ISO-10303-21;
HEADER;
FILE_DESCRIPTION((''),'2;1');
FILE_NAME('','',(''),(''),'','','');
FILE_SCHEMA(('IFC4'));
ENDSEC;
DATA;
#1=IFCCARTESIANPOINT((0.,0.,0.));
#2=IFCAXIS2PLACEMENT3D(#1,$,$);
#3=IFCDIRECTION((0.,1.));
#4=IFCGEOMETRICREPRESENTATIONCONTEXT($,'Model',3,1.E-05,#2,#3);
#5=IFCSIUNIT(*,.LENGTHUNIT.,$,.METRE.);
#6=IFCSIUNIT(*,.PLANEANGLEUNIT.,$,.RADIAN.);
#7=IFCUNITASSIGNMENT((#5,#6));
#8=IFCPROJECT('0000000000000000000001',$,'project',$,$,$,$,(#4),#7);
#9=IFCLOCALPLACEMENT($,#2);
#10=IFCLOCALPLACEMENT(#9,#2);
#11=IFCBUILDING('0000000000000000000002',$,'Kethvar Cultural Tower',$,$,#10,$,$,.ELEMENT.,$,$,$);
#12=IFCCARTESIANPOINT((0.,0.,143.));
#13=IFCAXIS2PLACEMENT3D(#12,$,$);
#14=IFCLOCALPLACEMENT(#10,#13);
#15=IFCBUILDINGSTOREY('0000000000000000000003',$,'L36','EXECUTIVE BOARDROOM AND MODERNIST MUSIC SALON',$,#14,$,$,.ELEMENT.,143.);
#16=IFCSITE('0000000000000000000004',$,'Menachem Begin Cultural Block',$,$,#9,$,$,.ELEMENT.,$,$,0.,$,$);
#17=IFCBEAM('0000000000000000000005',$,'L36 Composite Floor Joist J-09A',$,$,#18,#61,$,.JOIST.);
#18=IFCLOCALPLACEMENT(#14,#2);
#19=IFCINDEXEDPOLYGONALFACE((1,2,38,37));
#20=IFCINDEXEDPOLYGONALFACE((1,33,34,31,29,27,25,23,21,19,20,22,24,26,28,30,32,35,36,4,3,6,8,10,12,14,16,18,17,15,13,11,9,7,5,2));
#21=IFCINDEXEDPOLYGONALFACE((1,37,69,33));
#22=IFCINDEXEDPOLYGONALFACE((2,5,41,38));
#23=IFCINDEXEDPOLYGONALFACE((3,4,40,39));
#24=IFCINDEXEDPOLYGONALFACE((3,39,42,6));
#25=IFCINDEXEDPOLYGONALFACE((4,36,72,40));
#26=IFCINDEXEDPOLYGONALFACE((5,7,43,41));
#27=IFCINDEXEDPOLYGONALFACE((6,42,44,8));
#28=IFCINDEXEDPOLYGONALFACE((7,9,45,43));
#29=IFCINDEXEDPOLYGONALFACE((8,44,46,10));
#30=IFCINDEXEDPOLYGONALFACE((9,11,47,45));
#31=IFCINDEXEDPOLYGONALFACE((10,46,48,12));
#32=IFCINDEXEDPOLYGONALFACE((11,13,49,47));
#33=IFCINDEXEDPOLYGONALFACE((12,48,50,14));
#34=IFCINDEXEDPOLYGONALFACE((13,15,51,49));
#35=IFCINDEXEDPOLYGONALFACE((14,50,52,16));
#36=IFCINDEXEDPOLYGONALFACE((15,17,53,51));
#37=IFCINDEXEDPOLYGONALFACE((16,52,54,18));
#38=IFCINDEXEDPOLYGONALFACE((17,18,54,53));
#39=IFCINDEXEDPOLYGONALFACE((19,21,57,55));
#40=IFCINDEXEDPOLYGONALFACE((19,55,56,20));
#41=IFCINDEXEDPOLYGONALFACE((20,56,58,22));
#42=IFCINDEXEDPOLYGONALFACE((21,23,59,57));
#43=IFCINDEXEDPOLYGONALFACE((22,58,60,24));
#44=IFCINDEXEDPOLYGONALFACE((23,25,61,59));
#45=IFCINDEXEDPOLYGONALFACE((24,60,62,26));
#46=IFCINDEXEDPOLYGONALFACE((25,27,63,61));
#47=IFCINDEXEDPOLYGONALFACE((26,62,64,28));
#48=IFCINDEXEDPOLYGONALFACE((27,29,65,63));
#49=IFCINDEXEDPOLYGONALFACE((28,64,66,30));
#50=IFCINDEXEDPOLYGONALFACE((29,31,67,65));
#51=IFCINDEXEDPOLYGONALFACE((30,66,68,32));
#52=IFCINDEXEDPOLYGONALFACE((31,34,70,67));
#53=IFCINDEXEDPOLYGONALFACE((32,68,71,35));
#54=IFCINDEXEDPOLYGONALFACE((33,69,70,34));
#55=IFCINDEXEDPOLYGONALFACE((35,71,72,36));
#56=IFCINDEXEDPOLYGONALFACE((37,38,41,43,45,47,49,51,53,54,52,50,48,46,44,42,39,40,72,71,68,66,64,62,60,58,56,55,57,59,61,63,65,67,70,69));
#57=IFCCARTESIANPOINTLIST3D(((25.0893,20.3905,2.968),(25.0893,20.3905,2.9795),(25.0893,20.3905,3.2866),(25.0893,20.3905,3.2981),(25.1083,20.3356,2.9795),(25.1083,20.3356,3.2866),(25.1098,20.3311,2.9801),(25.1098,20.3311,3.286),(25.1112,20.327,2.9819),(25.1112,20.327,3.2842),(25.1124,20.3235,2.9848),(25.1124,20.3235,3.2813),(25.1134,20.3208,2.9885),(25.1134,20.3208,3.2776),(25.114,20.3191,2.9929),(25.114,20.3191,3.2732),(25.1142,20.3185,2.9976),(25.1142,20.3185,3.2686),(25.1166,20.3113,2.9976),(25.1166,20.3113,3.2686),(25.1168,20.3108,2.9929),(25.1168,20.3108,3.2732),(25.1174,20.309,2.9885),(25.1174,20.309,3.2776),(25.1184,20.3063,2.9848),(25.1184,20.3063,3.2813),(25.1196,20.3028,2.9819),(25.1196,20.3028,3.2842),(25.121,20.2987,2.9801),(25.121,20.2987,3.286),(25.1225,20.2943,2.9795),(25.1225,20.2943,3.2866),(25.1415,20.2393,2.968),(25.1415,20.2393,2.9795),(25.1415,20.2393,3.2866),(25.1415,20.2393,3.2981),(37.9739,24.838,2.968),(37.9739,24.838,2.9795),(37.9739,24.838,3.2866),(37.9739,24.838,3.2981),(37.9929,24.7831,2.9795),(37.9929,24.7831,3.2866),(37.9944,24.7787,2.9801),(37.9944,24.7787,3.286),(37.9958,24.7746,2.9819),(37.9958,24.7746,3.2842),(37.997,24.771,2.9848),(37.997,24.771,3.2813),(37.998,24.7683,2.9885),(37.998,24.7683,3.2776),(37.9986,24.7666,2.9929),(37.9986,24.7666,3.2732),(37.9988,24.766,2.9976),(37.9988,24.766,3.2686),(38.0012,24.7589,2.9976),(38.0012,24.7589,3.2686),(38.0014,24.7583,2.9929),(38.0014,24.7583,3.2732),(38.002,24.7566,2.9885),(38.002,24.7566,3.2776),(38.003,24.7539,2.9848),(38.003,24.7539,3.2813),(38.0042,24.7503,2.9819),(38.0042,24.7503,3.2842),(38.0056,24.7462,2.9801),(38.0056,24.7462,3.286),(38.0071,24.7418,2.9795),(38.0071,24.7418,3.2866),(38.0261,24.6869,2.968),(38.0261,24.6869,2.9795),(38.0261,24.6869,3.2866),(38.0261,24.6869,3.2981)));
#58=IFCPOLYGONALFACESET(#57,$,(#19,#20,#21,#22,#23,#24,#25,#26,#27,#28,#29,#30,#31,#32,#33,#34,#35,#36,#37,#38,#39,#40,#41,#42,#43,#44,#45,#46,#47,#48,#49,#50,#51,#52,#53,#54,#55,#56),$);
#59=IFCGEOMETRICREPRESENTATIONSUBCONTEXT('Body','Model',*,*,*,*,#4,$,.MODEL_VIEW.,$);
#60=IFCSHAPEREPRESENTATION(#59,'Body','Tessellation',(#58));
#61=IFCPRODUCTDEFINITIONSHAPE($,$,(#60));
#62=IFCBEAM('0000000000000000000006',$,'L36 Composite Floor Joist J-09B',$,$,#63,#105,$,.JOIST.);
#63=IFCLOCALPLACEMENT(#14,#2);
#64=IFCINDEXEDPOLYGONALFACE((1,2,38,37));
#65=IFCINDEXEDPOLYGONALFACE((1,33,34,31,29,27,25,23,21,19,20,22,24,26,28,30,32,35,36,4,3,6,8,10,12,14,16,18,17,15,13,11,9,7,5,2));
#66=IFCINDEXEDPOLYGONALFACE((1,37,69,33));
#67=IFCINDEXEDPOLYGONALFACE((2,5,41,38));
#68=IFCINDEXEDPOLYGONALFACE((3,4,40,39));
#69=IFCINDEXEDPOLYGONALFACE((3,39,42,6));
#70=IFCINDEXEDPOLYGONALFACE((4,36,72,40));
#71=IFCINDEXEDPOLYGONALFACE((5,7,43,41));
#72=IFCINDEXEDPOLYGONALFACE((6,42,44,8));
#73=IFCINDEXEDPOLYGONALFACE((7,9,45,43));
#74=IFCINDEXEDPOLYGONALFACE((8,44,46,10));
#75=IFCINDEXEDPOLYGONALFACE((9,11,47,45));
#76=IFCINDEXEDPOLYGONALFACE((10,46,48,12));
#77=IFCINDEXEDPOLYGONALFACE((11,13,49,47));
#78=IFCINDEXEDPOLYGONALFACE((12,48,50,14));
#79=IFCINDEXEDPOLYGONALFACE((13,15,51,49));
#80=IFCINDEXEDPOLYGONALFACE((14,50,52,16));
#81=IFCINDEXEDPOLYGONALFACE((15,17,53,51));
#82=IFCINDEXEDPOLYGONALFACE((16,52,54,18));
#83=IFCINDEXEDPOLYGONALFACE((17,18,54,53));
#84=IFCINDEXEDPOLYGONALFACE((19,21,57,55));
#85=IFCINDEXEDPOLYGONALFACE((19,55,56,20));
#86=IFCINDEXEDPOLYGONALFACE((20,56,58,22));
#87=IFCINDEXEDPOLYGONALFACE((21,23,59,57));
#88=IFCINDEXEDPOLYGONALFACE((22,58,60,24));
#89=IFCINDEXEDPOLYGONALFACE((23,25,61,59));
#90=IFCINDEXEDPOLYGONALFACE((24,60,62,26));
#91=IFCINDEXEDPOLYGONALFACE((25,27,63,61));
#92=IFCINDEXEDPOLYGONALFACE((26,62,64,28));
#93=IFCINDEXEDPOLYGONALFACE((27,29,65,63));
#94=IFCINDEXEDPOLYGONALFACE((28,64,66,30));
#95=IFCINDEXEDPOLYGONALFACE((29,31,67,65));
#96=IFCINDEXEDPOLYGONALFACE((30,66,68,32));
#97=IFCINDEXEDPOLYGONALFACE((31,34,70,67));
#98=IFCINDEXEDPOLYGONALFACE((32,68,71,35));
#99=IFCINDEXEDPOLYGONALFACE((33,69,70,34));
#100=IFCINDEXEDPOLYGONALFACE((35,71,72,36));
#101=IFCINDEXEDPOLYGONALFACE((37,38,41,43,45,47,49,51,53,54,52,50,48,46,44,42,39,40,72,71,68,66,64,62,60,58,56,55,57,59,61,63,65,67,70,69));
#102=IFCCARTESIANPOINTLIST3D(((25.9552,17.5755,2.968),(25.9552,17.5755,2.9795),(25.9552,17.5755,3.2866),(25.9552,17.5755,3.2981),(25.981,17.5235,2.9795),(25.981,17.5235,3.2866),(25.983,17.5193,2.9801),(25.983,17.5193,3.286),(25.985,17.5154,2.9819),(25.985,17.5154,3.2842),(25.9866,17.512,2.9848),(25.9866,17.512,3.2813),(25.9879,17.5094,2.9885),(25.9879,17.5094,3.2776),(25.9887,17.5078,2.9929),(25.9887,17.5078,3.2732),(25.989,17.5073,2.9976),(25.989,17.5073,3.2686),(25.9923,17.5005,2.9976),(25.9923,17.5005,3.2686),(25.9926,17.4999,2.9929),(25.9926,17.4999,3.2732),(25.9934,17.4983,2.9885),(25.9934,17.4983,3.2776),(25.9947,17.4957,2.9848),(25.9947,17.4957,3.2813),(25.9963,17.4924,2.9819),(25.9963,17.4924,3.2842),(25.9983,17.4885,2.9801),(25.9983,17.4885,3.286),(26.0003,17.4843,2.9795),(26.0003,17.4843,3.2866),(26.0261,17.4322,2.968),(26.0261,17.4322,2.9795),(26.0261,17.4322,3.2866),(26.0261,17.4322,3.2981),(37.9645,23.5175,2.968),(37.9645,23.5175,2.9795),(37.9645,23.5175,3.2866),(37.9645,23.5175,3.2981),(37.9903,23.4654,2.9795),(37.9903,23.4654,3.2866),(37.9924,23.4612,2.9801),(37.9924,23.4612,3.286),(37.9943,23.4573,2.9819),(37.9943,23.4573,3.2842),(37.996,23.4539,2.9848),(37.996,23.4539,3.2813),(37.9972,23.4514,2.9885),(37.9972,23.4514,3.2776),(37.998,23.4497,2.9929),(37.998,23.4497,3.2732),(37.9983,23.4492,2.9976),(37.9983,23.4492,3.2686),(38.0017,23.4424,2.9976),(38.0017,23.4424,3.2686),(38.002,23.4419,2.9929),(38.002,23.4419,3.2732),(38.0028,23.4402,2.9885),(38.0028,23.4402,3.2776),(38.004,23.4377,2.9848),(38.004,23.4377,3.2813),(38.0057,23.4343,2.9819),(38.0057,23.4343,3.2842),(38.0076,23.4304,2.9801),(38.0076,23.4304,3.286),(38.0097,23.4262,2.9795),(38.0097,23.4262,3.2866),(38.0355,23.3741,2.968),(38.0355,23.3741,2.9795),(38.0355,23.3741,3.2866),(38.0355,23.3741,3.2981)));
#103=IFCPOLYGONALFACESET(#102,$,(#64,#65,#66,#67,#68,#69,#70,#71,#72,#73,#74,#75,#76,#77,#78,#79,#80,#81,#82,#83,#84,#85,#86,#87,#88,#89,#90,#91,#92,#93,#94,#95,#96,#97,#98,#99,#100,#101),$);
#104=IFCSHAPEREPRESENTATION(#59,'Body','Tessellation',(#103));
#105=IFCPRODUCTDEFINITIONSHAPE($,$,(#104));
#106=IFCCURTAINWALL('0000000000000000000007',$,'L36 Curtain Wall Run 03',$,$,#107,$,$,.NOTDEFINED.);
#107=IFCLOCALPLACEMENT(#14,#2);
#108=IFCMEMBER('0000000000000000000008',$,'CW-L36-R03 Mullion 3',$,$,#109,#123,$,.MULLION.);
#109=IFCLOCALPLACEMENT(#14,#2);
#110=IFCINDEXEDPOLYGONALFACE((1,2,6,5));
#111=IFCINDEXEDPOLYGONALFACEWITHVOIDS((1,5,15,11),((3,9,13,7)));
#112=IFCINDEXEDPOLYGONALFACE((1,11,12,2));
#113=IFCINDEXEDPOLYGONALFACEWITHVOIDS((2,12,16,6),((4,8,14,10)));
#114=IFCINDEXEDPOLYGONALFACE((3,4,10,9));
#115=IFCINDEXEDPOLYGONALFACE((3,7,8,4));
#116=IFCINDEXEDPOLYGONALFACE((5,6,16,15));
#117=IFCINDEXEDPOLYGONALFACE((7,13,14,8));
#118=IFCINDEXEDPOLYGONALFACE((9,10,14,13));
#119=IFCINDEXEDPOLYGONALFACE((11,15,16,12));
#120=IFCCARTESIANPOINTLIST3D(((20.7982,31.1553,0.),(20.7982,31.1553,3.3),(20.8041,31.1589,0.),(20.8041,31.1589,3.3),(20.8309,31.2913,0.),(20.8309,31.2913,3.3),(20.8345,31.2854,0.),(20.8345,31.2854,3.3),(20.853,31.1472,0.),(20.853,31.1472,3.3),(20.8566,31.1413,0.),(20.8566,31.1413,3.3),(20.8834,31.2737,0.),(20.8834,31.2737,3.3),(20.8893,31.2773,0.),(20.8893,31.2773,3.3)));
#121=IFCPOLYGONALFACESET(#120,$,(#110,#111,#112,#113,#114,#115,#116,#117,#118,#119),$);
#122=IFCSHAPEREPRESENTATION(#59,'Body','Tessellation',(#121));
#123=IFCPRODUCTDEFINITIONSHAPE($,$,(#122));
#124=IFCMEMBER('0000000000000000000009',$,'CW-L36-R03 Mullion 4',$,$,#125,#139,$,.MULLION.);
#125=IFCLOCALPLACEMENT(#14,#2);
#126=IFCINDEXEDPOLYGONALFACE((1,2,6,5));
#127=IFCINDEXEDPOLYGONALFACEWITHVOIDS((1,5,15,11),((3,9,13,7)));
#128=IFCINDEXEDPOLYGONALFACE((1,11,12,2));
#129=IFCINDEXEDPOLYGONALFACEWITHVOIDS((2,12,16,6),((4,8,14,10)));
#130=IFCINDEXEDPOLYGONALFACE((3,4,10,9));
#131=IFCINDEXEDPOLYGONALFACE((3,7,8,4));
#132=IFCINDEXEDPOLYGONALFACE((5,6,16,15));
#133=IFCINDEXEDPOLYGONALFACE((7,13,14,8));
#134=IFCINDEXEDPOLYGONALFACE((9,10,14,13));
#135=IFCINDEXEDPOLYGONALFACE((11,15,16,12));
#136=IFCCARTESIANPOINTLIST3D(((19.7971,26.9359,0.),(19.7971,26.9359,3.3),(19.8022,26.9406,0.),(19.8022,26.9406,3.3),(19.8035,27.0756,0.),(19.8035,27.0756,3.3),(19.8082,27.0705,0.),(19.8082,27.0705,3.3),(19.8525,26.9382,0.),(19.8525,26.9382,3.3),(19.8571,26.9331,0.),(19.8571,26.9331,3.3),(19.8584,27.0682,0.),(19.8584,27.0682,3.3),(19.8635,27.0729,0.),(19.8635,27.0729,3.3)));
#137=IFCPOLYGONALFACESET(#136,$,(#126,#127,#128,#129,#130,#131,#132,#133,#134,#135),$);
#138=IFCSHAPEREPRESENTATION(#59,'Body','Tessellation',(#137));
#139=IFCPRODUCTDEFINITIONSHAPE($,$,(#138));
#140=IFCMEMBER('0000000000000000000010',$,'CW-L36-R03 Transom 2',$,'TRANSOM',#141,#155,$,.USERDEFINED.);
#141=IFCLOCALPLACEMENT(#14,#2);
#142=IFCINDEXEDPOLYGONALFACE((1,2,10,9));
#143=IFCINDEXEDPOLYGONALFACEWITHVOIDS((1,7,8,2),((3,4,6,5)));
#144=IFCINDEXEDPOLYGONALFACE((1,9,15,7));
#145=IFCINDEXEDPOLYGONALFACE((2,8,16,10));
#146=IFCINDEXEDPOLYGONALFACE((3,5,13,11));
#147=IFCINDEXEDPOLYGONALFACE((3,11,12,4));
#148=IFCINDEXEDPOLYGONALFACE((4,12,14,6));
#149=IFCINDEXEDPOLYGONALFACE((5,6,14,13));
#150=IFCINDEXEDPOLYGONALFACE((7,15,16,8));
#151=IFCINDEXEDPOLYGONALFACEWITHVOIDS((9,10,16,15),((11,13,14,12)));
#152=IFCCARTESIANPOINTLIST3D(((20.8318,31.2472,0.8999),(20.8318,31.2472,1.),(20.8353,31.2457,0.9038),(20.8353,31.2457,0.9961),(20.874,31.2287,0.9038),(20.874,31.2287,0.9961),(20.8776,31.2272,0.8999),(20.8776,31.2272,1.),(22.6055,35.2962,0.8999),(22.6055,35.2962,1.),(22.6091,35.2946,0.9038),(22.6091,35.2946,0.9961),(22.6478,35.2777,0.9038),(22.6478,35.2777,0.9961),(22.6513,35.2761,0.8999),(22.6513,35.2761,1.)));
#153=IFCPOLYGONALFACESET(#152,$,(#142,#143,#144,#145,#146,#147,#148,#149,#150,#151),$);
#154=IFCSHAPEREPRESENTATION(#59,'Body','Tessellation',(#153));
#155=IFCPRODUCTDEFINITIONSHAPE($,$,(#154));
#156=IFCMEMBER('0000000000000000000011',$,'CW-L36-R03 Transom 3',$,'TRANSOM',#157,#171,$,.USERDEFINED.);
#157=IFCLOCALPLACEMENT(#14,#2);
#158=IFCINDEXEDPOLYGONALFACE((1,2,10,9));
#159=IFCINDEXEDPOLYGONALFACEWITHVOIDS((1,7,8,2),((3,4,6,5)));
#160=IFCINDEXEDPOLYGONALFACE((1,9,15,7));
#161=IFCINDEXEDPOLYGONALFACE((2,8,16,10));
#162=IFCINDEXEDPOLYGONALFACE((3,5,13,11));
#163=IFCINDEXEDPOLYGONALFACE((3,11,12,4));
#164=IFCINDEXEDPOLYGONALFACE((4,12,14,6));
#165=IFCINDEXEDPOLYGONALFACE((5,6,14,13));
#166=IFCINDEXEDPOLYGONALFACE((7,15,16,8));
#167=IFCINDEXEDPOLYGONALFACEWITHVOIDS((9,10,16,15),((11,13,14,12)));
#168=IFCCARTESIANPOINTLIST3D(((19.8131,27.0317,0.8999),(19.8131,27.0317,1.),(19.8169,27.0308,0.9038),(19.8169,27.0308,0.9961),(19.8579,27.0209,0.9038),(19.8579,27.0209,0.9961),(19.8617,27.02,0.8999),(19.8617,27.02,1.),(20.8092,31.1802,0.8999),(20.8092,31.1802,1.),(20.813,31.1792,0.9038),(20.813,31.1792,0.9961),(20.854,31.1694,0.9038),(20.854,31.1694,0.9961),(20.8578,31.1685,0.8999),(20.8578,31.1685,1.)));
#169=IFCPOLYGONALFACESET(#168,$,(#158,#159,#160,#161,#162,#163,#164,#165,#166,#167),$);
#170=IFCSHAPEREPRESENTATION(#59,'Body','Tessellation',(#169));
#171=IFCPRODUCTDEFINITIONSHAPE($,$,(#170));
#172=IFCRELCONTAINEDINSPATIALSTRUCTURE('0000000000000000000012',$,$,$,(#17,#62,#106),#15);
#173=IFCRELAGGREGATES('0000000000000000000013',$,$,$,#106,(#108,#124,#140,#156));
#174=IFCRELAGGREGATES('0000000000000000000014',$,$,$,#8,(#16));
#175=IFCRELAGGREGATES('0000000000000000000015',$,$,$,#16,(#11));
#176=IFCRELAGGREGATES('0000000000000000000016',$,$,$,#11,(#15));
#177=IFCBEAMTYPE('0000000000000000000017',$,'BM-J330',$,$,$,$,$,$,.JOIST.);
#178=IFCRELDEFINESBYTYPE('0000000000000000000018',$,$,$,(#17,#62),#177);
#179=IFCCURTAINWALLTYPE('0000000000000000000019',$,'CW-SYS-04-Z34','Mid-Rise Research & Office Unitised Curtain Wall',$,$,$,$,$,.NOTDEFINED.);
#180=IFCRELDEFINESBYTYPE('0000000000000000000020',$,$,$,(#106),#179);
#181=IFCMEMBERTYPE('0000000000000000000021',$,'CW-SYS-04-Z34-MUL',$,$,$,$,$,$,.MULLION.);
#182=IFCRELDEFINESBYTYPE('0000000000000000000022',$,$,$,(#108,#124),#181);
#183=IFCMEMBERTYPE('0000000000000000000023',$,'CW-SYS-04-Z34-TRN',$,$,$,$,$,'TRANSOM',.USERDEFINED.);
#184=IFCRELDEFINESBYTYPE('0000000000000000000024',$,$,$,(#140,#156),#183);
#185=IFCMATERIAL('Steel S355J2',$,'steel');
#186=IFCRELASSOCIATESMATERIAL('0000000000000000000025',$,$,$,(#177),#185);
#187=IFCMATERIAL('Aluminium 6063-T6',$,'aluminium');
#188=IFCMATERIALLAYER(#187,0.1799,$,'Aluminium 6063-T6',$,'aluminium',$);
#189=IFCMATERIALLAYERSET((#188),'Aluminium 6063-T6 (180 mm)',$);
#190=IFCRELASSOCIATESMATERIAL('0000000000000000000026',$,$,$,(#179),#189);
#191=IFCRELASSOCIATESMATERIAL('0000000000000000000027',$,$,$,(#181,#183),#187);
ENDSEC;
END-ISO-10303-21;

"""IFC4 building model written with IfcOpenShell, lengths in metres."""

from ifc_helpers import new_model, si_unit, direction, frame, origin, origin_2d, place, context, subcontext, project, spatial, hollow_rectangle, i_section, extrude, source, transform, mapped, material, layer, layer_set, material_profile, profile_set, type_object, element, aggregate, save


model = new_model("IFC4")

# Units and contexts
model_context = context("Model", 3, precision=1e-05, world=origin(), true_north=direction((0.0, 1.0)))
body_context = subcontext(model_context, "Body", "Model", "MODEL_VIEW")
ifc_project = project(units=[si_unit("LENGTHUNIT", "METRE"), si_unit("PLANEANGLEUNIT", "RADIAN")], contexts=[model_context])

# Site, building, storey
site_placement = place(None, origin())
site = spatial("IfcSite", under=ifc_project, at=site_placement, Name="Menachem Begin Cultural Block", CompositionType="ELEMENT", RefElevation=0.0)
building_placement = place(site_placement, origin())
building = spatial("IfcBuilding", under=site, at=building_placement, Name="Kethvar Cultural Tower", CompositionType="ELEMENT")
storey_placement = place(building_placement, frame((0.0, 0.0, 143.0)))
storey = spatial("IfcBuildingStorey", under=building, at=storey_placement, Name="L36", Description="EXECUTIVE BOARDROOM AND MODERNIST MUSIC SALON", CompositionType="ELEMENT", Elevation=143.0)

# Beams
ifc_material_1 = material(Name="Steel S355J2", Category="steel")
ifc_material_profile_1 = material_profile(ifc_material_1, i_section(OverallWidth=0.1599, OverallDepth=0.3301, WebThickness=0.0076, FlangeThickness=0.0115, FilletRadius=0.0181, at=origin_2d()), Name="Steel S355J2 — IPE330")
ifc_profile_set_1 = profile_set([ifc_material_profile_1], Name="Steel S355J2 — IPE330")
beam_type_1 = type_object("IfcBeamType", Name="BM-J330", PredefinedType="JOIST", material=ifc_profile_set_1)
shared_shape_1 = source(origin(), body_context, "Body", "SweptSolid", [
    extrude(i_section(OverallWidth=0.1599, OverallDepth=0.3301, WebThickness=0.0076, FlangeThickness=0.0115, FilletRadius=0.0181, at=origin_2d()), origin(), (0.0, 0.0, 1.0), 13.6306),
])
beam_1_placement = place(storey_placement, frame((38.0, 24.7625, 3.1331), z_axis=(-0.94527, -0.32629, 0.0), x_axis=(0.32629, -0.94527, 0.0)))
element("IfcBeam", 1, at=beam_1_placement, inside=storey, type_object=beam_type_1, Name="L36 Composite Floor Joist J-09A", PredefinedType="JOIST", context=body_context, shape_type="MappedRepresentation", body=[
    mapped(shared_shape_1, transform((0.0, 0.0, 0.0), scale=1.0)),
])
shared_shape_2 = source(origin(), body_context, "Body", "SweptSolid", [
    extrude(i_section(OverallWidth=0.1599, OverallDepth=0.3301, WebThickness=0.0076, FlangeThickness=0.0115, FilletRadius=0.0181, at=origin_2d()), origin(), (0.0, 0.0, 1.0), 13.3989),
])
beam_2_placement = place(storey_placement, frame((38.0, 23.4458, 3.1331), z_axis=(-0.896292, -0.443463, 0.0), x_axis=(0.443463, -0.896292, 0.0)))
element("IfcBeam", 2, at=beam_2_placement, inside=storey, type_object=beam_type_1, Name="L36 Composite Floor Joist J-09B", PredefinedType="JOIST", context=body_context, shape_type="MappedRepresentation", body=[
    mapped(shared_shape_2, transform((0.0, 0.0, 0.0), scale=1.0)),
])

# Curtain wall, members
ifc_material_2 = material(Name="Aluminium 6063-T6", Category="aluminium")
ifc_layer_1 = layer(ifc_material_2, 0.1799, Name="Aluminium 6063-T6", Category="aluminium")
ifc_layer_set_1 = layer_set([ifc_layer_1], Name="Aluminium 6063-T6 (180 mm)")
curtain_wall_type = type_object("IfcCurtainWallType", Name="CW-SYS-04-Z34", Description="Mid-Rise Research & Office Unitised Curtain Wall", PredefinedType="NOTDEFINED", material=ifc_layer_set_1)
curtain_wall_placement = place(storey_placement, origin())
curtain_wall = element("IfcCurtainWall", 3, at=curtain_wall_placement, inside=storey, type_object=curtain_wall_type, Name="L36 Curtain Wall Run 03", PredefinedType="NOTDEFINED")
ifc_material_profile_2 = material_profile(ifc_material_2, hollow_rectangle(XDim=0.0601, YDim=0.1399, WallThickness=0.0049, at=origin_2d()), Name="Aluminium 6063-T6 — RHS140x60x5")
ifc_profile_set_2 = profile_set([ifc_material_profile_2], Name="Aluminium 6063-T6 — RHS140x60x5")
member_type_1 = type_object("IfcMemberType", Name="CW-SYS-04-Z34-MUL", PredefinedType="MULLION", material=ifc_profile_set_2)
shared_shape_3 = source(origin(), body_context, "Body", "SweptSolid", [
    extrude(hollow_rectangle(XDim=0.0601, YDim=0.1399, WallThickness=0.0049, at=origin_2d()), origin(), (0.0, 0.0, 1.0), 3.3),
])
member_1_placement = place(storey_placement, frame((20.8438, 31.2163, 0.0), z_axis=(0.0, 0.0, 1.0), x_axis=(0.972362, -0.233479, 0.0)))
member_1 = element("IfcMember", 4, at=member_1_placement, type_object=member_type_1, Name="CW-L36-R03 Mullion 3", PredefinedType="MULLION", context=body_context, shape_type="MappedRepresentation", body=[
    mapped(shared_shape_3, transform((0.0, 0.0, 0.0), scale=1.0)),
])
member_2_placement = place(storey_placement, frame((19.8303, 27.0044, 0.0), z_axis=(0.0, 0.0, 1.0), x_axis=(0.998944, -0.045938, 0.0)))
member_2 = element("IfcMember", 5, at=member_2_placement, type_object=member_type_1, Name="CW-L36-R03 Mullion 4", PredefinedType="MULLION", context=body_context, shape_type="MappedRepresentation", body=[
    mapped(shared_shape_3, transform((0.0, 0.0, 0.0), scale=1.0)),
])
ifc_material_profile_3 = material_profile(ifc_material_2, hollow_rectangle(XDim=0.05, YDim=0.1001, WallThickness=0.0039, at=origin_2d()), Name="Aluminium 6063-T6 — RHS100x50x4")
ifc_profile_set_3 = profile_set([ifc_material_profile_3], Name="Aluminium 6063-T6 — RHS100x50x4")
member_type_2 = type_object("IfcMemberType", Name="CW-SYS-04-Z34-TRN", ElementType="TRANSOM", PredefinedType="USERDEFINED", material=ifc_profile_set_3)
shared_shape_4 = source(origin(), body_context, "Body", "SweptSolid", [
    extrude(hollow_rectangle(XDim=0.05, YDim=0.1001, WallThickness=0.0039, at=origin_2d()), origin(), (0.0, 0.0, 1.0), 4.4204),
])
member_3_placement = place(storey_placement, frame((22.6284, 35.2861, 0.95), z_axis=(-0.401259, -0.915965, 0.0), x_axis=(0.915965, -0.401259, 0.0)))
member_3 = element("IfcMember", 6, at=member_3_placement, type_object=member_type_2, Name="CW-L36-R03 Transom 2", ObjectType="TRANSOM", PredefinedType="USERDEFINED", context=body_context, shape_type="MappedRepresentation", body=[
    mapped(shared_shape_4, transform((0.0, 0.0, 0.0), scale=1.0)),
])
shared_shape_5 = source(origin(), body_context, "Body", "SweptSolid", [
    extrude(hollow_rectangle(XDim=0.05, YDim=0.1001, WallThickness=0.0039, at=origin_2d()), origin(), (0.0, 0.0, 1.0), 4.2664),
])
member_4_placement = place(storey_placement, frame((20.8335, 31.1743, 0.95), z_axis=(-0.233477, -0.972362, 0.0), x_axis=(0.972362, -0.233477, 0.0)))
member_4 = element("IfcMember", 7, at=member_4_placement, type_object=member_type_2, Name="CW-L36-R03 Transom 3", ObjectType="TRANSOM", PredefinedType="USERDEFINED", context=body_context, shape_type="MappedRepresentation", body=[
    mapped(shared_shape_5, transform((0.0, 0.0, 0.0), scale=1.0)),
])
aggregate(curtain_wall, [member_1, member_2, member_3, member_4])

save(model, "model.ifc")
